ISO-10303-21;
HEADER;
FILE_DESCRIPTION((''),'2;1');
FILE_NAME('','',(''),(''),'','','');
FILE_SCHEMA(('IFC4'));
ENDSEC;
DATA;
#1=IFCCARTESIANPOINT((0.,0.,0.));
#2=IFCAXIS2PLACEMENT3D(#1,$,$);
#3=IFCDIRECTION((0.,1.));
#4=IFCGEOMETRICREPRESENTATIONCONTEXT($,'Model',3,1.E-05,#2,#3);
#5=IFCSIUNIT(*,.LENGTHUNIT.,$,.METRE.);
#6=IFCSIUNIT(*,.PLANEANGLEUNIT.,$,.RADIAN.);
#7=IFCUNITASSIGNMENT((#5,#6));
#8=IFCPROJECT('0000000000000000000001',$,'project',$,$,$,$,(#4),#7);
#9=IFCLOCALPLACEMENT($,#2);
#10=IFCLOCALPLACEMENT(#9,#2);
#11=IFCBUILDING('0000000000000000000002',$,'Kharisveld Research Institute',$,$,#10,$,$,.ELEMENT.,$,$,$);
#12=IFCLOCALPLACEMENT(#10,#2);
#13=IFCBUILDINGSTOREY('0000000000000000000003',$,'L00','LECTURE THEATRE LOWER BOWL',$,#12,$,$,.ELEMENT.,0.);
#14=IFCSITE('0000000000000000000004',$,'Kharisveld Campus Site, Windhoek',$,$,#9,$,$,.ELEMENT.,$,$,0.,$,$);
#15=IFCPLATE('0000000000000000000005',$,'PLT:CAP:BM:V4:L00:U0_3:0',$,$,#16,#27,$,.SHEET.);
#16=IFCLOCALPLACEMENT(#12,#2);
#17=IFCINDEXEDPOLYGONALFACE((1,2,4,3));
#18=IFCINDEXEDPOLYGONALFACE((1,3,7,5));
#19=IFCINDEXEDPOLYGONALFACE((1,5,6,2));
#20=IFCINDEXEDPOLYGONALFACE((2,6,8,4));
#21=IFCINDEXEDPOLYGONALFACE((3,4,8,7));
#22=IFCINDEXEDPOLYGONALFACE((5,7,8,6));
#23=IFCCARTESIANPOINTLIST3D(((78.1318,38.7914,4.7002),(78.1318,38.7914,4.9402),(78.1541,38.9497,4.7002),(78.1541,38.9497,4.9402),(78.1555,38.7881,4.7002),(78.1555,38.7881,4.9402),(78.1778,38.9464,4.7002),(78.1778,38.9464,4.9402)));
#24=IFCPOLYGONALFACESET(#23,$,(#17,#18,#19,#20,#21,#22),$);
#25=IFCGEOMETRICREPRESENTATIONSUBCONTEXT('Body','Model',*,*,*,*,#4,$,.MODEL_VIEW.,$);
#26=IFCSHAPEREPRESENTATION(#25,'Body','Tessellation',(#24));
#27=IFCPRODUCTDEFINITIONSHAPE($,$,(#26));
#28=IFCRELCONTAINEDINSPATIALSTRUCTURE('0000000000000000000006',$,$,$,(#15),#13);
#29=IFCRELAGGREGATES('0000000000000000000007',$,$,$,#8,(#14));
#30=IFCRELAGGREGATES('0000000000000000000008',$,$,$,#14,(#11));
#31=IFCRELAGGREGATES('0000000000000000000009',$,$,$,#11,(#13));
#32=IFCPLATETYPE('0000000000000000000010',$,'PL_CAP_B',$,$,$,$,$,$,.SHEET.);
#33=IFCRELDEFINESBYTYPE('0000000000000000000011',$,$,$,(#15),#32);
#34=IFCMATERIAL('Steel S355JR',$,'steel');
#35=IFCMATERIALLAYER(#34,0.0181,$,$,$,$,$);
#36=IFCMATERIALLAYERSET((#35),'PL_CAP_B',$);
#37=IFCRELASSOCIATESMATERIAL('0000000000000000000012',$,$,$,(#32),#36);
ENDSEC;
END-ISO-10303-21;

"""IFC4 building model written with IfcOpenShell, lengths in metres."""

from ifc_helpers import new_model, si_unit, direction, frame, origin, origin_2d, place, context, subcontext, project, spatial, rectangle, extrude, material, layer, layer_set, type_object, element, save


model = new_model("IFC4")

# Units and contexts
model_context = context("Model", 3, precision=1e-05, world=origin(), true_north=direction((0.0, 1.0)))
body_context = subcontext(model_context, "Body", "Model", "MODEL_VIEW")
ifc_project = project(units=[si_unit("LENGTHUNIT", "METRE"), si_unit("PLANEANGLEUNIT", "RADIAN")], contexts=[model_context])

# Site, building, storey
site_placement = place(None, origin())
site = spatial("IfcSite", under=ifc_project, at=site_placement, Name="Kharisveld Campus Site, Windhoek", CompositionType="ELEMENT", RefElevation=0.0)
building_placement = place(site_placement, origin())
building = spatial("IfcBuilding", under=site, at=building_placement, Name="Kharisveld Research Institute", CompositionType="ELEMENT")
storey_placement = place(building_placement, origin())
storey = spatial("IfcBuildingStorey", under=building, at=storey_placement, Name="L00", Description="LECTURE THEATRE LOWER BOWL", CompositionType="ELEMENT", Elevation=0.0)

# Plate
ifc_material_1 = material(Name="Steel S355JR", Category="steel")
ifc_layer_1 = layer(ifc_material_1, 0.0181)
ifc_layer_set_1 = layer_set([ifc_layer_1], Name="PL_CAP_B")
plate_type_1 = type_object("IfcPlateType", Name="PL_CAP_B", PredefinedType="SHEET", material=ifc_layer_set_1)
plate_1_placement = place(storey_placement, frame((78.1548, 38.8689, 4.7002), z_axis=(0.0, 0.0, 1.0), x_axis=(0.990268, -0.139173, 0.0)))
element("IfcPlate", 1, at=plate_1_placement, inside=storey, type_object=plate_type_1, Name="PLT:CAP:BM:V4:L00:U0_3:0", PredefinedType="SHEET", context=body_context, shape_type="SweptSolid", body=[
    extrude(rectangle(XDim=0.0239, YDim=0.1599, at=origin_2d()), origin(), (0.0, 0.0, 1.0), 0.24),
])

save(model, "model.ifc")
